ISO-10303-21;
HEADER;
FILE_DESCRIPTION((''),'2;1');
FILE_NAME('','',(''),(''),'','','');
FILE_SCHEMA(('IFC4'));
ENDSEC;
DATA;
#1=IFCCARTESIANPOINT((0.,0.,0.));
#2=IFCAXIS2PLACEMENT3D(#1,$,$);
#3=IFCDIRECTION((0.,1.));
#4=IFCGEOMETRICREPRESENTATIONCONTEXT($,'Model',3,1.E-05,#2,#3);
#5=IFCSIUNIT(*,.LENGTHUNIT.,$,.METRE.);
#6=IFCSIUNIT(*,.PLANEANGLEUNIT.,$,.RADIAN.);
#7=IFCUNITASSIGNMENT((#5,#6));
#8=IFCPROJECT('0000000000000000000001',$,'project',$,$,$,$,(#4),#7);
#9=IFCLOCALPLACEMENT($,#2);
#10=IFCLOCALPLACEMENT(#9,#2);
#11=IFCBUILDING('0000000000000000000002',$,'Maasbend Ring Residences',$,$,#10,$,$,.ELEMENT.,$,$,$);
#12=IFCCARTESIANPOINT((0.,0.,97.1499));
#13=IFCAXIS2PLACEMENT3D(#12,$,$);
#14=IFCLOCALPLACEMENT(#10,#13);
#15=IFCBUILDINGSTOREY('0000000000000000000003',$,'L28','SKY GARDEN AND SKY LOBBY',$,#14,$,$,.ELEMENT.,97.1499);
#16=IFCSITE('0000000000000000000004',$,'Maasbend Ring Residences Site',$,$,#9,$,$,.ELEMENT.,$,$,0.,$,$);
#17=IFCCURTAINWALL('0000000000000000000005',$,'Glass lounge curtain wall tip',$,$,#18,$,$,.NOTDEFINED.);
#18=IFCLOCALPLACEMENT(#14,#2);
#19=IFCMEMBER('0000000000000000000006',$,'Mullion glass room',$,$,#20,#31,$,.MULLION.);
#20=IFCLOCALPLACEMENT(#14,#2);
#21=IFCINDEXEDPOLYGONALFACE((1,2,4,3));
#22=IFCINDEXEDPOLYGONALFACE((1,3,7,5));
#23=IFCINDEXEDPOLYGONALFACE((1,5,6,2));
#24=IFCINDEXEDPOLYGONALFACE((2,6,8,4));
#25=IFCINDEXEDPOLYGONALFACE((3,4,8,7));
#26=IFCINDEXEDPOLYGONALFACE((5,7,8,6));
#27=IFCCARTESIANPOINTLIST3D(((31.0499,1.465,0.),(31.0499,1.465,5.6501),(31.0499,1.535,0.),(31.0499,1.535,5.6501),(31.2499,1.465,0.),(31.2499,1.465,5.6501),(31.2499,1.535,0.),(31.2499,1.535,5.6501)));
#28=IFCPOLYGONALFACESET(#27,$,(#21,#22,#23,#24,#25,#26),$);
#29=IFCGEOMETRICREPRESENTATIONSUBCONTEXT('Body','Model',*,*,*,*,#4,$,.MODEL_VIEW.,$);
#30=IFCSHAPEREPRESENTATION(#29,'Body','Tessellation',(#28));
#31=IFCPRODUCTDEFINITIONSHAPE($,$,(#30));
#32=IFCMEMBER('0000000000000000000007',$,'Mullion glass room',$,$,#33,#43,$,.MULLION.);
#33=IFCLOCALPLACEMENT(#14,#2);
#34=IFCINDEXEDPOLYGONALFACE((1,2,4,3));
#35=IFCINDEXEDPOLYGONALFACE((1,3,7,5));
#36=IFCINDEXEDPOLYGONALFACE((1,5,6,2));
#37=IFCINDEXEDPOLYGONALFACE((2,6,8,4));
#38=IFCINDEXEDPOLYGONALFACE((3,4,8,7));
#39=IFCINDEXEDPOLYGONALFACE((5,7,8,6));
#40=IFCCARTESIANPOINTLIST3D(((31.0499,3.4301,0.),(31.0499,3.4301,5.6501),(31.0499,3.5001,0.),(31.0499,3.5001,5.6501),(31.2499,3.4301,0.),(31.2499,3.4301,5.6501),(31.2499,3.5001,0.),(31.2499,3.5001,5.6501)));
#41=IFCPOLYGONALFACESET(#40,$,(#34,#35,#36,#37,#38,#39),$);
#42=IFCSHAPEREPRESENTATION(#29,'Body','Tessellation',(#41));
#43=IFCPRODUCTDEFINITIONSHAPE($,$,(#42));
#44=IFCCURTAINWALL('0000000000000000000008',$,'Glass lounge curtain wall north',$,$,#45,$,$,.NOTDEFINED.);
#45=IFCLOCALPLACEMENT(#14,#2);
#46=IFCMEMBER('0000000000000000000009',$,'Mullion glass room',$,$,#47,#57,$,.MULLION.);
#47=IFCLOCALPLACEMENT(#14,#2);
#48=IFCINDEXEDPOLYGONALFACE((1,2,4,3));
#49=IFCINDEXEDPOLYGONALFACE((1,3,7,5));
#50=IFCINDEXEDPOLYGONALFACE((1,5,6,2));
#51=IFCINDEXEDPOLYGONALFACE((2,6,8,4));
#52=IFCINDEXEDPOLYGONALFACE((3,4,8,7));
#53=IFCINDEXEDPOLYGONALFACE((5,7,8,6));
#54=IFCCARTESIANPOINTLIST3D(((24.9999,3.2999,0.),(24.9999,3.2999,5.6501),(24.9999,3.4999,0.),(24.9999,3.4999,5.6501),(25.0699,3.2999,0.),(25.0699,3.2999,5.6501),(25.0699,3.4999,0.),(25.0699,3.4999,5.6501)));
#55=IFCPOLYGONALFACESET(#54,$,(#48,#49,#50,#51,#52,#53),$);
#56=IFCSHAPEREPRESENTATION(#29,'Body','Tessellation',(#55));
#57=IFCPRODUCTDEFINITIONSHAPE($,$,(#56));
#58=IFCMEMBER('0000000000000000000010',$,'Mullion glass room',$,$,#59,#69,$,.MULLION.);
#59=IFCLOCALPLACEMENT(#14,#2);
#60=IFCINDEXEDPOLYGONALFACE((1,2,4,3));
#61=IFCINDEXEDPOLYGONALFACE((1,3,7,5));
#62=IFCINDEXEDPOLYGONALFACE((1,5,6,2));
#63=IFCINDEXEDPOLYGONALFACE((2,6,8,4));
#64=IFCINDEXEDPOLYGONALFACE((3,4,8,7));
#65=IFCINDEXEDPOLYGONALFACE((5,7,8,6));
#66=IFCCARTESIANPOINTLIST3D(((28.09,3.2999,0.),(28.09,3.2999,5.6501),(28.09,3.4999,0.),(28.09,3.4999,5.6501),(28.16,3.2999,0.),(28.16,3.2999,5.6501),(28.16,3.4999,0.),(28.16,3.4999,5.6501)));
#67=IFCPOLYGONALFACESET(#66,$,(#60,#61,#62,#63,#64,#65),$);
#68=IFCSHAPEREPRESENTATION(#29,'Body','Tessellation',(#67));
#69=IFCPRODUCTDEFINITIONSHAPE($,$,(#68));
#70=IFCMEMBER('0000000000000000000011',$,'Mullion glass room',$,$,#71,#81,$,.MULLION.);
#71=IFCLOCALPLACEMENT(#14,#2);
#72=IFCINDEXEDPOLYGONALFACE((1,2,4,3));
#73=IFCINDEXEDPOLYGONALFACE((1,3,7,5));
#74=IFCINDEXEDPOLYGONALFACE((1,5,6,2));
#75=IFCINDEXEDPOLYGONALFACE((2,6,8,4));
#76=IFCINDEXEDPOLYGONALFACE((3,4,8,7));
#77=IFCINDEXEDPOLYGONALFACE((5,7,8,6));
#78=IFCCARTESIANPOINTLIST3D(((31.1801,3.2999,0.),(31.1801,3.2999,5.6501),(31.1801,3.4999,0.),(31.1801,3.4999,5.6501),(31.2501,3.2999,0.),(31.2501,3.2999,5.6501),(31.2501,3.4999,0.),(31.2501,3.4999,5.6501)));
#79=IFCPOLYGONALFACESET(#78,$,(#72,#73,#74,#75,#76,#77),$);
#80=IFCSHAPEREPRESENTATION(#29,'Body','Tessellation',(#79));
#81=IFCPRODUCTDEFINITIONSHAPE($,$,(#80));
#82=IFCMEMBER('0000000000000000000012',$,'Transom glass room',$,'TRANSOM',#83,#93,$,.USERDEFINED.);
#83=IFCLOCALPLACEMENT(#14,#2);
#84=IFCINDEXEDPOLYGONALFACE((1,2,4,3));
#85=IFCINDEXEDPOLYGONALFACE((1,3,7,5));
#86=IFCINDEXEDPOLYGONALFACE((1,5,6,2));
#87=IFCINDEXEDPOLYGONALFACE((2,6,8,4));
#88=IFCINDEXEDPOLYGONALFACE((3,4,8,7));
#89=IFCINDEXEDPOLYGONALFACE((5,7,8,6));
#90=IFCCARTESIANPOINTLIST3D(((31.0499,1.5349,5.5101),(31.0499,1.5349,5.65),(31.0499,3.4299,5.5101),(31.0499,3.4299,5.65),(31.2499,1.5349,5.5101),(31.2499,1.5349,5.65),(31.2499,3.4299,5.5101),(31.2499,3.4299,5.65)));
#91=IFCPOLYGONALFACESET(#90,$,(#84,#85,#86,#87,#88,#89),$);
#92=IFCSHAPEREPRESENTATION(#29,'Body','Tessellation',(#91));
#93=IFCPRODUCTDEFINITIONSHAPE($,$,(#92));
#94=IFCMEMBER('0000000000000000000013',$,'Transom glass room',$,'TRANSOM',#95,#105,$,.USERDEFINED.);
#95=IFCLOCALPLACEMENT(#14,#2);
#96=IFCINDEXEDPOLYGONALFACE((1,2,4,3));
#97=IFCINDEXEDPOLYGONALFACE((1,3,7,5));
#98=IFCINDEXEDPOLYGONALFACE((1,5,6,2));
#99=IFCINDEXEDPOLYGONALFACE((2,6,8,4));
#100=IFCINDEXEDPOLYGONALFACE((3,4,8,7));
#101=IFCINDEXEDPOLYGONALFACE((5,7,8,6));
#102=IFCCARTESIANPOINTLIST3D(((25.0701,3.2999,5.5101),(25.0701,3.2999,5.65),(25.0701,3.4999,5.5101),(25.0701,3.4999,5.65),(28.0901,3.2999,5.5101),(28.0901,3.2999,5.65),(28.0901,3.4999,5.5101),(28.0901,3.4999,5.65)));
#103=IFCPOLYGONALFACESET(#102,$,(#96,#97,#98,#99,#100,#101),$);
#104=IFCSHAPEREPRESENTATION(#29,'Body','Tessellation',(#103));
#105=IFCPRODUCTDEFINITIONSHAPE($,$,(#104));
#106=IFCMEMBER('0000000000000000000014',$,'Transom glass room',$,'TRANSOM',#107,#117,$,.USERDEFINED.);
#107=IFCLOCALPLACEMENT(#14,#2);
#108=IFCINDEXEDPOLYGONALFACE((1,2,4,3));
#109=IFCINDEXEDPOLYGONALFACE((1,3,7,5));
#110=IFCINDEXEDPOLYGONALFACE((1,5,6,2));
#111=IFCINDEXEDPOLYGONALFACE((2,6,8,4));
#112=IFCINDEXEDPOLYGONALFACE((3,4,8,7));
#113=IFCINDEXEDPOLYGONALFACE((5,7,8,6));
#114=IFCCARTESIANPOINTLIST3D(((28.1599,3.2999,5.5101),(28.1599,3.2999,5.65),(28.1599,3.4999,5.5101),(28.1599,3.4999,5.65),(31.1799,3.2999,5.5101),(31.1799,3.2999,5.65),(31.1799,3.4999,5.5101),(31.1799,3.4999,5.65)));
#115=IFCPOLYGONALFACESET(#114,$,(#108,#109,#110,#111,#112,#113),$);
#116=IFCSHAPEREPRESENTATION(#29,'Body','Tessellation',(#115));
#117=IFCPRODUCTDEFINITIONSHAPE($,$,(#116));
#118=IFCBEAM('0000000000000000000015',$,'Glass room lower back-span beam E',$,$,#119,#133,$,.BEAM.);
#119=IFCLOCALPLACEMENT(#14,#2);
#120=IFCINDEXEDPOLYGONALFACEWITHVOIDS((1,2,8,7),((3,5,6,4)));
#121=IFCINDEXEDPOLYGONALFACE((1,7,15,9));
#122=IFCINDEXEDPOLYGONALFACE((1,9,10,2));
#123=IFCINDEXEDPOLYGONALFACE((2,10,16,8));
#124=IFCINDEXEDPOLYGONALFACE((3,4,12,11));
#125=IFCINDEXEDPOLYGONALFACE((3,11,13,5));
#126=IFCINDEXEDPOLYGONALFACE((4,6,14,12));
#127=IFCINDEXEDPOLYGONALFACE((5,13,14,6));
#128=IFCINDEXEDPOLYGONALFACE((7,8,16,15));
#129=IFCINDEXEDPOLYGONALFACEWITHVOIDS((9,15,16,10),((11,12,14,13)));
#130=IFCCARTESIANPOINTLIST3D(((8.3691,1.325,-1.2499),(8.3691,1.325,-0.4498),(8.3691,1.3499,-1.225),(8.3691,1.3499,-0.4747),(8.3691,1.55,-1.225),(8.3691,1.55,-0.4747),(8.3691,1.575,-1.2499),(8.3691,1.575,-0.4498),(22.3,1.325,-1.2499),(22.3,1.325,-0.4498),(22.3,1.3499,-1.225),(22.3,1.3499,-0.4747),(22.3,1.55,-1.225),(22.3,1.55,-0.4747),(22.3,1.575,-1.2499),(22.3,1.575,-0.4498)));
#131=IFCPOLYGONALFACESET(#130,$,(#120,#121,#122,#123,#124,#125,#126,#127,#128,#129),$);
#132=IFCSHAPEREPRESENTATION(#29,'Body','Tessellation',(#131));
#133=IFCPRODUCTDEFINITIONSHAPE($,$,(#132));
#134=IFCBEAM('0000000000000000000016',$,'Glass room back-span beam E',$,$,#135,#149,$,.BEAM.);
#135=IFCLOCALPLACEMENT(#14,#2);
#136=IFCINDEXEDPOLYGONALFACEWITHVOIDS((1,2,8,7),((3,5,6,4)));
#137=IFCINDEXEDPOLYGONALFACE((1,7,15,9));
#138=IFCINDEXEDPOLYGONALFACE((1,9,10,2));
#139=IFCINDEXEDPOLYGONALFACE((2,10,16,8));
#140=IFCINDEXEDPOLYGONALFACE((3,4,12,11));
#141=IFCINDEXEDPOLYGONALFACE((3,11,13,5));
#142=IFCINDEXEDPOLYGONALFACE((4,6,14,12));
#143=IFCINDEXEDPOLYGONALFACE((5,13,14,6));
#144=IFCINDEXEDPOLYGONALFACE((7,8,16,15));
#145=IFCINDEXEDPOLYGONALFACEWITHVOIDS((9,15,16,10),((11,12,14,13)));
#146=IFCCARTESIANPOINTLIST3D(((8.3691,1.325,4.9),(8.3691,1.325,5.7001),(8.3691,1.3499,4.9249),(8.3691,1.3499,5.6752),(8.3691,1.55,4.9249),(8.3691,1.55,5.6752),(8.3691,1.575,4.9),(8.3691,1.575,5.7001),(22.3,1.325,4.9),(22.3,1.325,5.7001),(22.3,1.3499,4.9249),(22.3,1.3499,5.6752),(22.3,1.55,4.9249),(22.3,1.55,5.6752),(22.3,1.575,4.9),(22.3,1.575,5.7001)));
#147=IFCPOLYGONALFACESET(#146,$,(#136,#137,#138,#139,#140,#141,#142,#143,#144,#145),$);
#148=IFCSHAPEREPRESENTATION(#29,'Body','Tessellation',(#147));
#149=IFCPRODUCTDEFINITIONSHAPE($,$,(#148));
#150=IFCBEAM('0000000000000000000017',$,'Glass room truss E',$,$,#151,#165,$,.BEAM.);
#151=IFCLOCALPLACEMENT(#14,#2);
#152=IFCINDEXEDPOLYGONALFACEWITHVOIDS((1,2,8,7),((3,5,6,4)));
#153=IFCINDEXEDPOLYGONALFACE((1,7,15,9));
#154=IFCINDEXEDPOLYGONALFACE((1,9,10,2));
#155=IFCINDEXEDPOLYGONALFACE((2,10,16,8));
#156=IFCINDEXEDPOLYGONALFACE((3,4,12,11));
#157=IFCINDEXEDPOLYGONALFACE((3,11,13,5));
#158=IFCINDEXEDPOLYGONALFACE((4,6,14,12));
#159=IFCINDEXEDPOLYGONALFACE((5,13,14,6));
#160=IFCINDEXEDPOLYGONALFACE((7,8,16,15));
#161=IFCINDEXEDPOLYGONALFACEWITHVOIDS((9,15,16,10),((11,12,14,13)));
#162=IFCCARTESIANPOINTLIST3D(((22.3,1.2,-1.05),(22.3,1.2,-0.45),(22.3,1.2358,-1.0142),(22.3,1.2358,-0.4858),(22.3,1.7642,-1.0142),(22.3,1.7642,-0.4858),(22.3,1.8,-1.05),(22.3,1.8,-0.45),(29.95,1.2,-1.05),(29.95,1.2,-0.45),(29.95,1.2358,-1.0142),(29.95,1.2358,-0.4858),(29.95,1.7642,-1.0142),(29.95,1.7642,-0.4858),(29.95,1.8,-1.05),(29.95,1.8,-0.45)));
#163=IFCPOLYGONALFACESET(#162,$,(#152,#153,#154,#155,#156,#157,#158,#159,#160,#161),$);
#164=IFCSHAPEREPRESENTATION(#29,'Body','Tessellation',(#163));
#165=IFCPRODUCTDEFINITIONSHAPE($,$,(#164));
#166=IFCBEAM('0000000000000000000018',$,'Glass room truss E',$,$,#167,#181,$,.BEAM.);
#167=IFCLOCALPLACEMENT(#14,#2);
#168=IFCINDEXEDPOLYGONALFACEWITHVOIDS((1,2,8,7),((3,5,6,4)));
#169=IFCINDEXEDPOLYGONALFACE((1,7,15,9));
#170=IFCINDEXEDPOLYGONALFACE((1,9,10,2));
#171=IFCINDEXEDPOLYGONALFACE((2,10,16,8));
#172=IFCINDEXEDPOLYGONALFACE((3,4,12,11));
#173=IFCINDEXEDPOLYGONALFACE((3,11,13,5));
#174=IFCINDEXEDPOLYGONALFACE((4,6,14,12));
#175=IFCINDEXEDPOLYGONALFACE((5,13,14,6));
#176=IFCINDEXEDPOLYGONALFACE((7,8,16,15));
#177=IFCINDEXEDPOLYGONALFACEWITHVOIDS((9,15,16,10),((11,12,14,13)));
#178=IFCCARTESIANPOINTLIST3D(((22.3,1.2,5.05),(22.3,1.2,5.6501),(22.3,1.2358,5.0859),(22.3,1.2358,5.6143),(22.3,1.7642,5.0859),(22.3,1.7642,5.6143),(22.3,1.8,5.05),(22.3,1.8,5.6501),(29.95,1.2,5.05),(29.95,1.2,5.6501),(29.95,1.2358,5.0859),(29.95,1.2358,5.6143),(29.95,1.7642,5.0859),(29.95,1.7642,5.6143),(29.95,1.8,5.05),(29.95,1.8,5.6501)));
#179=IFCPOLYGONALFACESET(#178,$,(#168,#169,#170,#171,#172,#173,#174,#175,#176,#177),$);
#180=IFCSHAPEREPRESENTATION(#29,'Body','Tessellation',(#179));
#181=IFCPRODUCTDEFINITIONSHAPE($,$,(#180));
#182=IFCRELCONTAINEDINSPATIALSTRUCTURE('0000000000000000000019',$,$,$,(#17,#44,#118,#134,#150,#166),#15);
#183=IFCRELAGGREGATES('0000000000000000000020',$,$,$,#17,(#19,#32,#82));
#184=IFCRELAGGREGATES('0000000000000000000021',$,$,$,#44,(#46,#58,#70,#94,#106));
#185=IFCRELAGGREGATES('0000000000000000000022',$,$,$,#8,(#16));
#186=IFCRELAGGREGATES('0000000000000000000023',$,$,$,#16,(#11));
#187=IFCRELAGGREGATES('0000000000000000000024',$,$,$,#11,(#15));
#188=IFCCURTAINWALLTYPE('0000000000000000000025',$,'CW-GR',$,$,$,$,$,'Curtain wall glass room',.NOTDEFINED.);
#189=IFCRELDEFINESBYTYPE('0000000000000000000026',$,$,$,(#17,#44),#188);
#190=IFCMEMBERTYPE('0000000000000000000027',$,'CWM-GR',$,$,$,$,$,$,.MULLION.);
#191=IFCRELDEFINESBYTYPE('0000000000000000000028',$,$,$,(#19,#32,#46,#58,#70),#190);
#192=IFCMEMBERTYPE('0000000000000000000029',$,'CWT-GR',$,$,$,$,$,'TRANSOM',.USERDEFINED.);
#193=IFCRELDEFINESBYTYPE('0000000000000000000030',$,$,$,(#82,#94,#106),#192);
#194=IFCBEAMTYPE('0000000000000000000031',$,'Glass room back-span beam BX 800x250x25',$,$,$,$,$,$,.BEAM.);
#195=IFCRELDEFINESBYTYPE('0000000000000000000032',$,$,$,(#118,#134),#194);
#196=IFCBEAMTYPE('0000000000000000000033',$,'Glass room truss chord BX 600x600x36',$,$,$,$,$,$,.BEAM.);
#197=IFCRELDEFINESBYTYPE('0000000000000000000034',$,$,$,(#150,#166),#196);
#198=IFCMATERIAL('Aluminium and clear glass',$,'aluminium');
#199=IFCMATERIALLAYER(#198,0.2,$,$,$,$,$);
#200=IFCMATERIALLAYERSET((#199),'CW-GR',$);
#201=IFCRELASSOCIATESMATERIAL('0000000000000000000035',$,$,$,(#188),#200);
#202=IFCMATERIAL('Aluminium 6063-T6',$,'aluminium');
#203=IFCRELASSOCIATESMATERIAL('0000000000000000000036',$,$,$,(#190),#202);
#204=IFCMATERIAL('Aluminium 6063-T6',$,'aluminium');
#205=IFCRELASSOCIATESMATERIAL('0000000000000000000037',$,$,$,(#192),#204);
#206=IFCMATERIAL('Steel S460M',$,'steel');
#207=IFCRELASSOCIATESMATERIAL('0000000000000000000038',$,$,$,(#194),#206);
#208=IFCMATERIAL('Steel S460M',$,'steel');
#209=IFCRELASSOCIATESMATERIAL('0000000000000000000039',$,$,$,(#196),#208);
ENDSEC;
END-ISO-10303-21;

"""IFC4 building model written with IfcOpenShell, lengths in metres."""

from ifc_helpers import new_model, si_unit, direction, frame, origin, origin_2d, place, context, subcontext, project, spatial, rectangle, hollow_rectangle, extrude, material, layer, layer_set, material_profile, profile_set, type_object, element, aggregate, save


model = new_model("IFC4")

# Units and contexts
model_context = context("Model", 3, precision=1e-05, world=origin(), true_north=direction((0.0, 1.0)))
body_context = subcontext(model_context, "Body", "Model", "MODEL_VIEW")
ifc_project = project(units=[si_unit("LENGTHUNIT", "METRE"), si_unit("PLANEANGLEUNIT", "RADIAN")], contexts=[model_context])

# Site, building, storey
site_placement = place(None, origin())
site = spatial("IfcSite", under=ifc_project, at=site_placement, Name="Maasbend Ring Residences Site", CompositionType="ELEMENT", RefElevation=0.0)
building_placement = place(site_placement, origin())
building = spatial("IfcBuilding", under=site, at=building_placement, Name="Maasbend Ring Residences", CompositionType="ELEMENT")
storey_placement = place(building_placement, frame((0.0, 0.0, 97.1499)))
storey = spatial("IfcBuildingStorey", under=building, at=storey_placement, Name="L28", Description="SKY GARDEN AND SKY LOBBY", CompositionType="ELEMENT", Elevation=97.1499)

# Curtain walls, members
ifc_material_1 = material(Name="Aluminium and clear glass", Category="aluminium")
ifc_layer_1 = layer(ifc_material_1, 0.2)
ifc_layer_set_1 = layer_set([ifc_layer_1], Name="CW-GR")
curtain_wall_type = type_object("IfcCurtainWallType", Name="CW-GR", ElementType="Curtain wall glass room", PredefinedType="NOTDEFINED", material=ifc_layer_set_1)
curtain_wall_1_placement = place(storey_placement, origin())
curtain_wall_1 = element("IfcCurtainWall", 1, at=curtain_wall_1_placement, inside=storey, type_object=curtain_wall_type, Name="Glass lounge curtain wall tip", PredefinedType="NOTDEFINED")
ifc_material_2 = material(Name="Aluminium 6063-T6", Category="aluminium")
ifc_material_profile_1 = material_profile(ifc_material_2, rectangle(XDim=0.2, YDim=0.0701, at=origin_2d()), Name="AL 200x70")
ifc_profile_set_1 = profile_set([ifc_material_profile_1], Name="Aluminium 6063-T6")
member_type_1 = type_object("IfcMemberType", Name="CWM-GR", PredefinedType="MULLION", material=ifc_profile_set_1)
member_1_placement = place(storey_placement, frame((31.1499, 1.5, 0.0), z_axis=(0.0, 0.0, 1.0), x_axis=(-1.0, 0.0, 0.0)))
member_1 = element("IfcMember", 2, at=member_1_placement, type_object=member_type_1, Name="Mullion glass room", PredefinedType="MULLION", context=body_context, shape_type="SweptSolid", body=[
    extrude(rectangle(XDim=0.2, YDim=0.0701, at=origin_2d()), origin(), (0.0, 0.0, 1.0), 5.6501),
])
member_2_placement = place(storey_placement, frame((31.1499, 3.4651, 0.0), z_axis=(0.0, 0.0, 1.0), x_axis=(-1.0, 0.0, 0.0)))
member_2 = element("IfcMember", 3, at=member_2_placement, type_object=member_type_1, Name="Mullion glass room", PredefinedType="MULLION", context=body_context, shape_type="SweptSolid", body=[
    extrude(rectangle(XDim=0.2, YDim=0.0701, at=origin_2d()), origin(), (0.0, 0.0, 1.0), 5.6501),
])
curtain_wall_2_placement = place(storey_placement, origin())
curtain_wall_2 = element("IfcCurtainWall", 4, at=curtain_wall_2_placement, inside=storey, type_object=curtain_wall_type, Name="Glass lounge curtain wall north", PredefinedType="NOTDEFINED")
member_3_placement = place(storey_placement, frame((25.0349, 3.3999, 0.0), z_axis=(0.0, 0.0, 1.0), x_axis=(0.0, 1.0, 0.0)))
member_3 = element("IfcMember", 5, at=member_3_placement, type_object=member_type_1, Name="Mullion glass room", PredefinedType="MULLION", context=body_context, shape_type="SweptSolid", body=[
    extrude(rectangle(XDim=0.2, YDim=0.0701, at=origin_2d()), origin(), (0.0, 0.0, 1.0), 5.6501),
])
member_4_placement = place(storey_placement, frame((28.125, 3.3999, 0.0), z_axis=(0.0, 0.0, 1.0), x_axis=(0.0, 1.0, 0.0)))
member_4 = element("IfcMember", 6, at=member_4_placement, type_object=member_type_1, Name="Mullion glass room", PredefinedType="MULLION", context=body_context, shape_type="SweptSolid", body=[
    extrude(rectangle(XDim=0.2, YDim=0.0701, at=origin_2d()), origin(), (0.0, 0.0, 1.0), 5.6501),
])
member_5_placement = place(storey_placement, frame((31.2151, 3.3999, 0.0), z_axis=(0.0, 0.0, 1.0), x_axis=(0.0, 1.0, 0.0)))
member_5 = element("IfcMember", 7, at=member_5_placement, type_object=member_type_1, Name="Mullion glass room", PredefinedType="MULLION", context=body_context, shape_type="SweptSolid", body=[
    extrude(rectangle(XDim=0.2, YDim=0.0701, at=origin_2d()), origin(), (0.0, 0.0, 1.0), 5.6501),
])

# Members
ifc_material_3 = material(Name="Aluminium 6063-T6", Category="aluminium")
ifc_material_profile_2 = material_profile(ifc_material_3, rectangle(XDim=0.2, YDim=0.1399, at=origin_2d()), Name="AL 200x140")
ifc_profile_set_2 = profile_set([ifc_material_profile_2], Name="Aluminium 6063-T6")
member_type_2 = type_object("IfcMemberType", Name="CWT-GR", ElementType="TRANSOM", PredefinedType="USERDEFINED", material=ifc_profile_set_2)
member_6_placement = place(storey_placement, frame((31.1499, 1.5349, 5.5801), z_axis=(0.0, 1.0, 0.0), x_axis=(-1.0, 0.0, 0.0)))
member_6 = element("IfcMember", 8, at=member_6_placement, type_object=member_type_2, Name="Transom glass room", ObjectType="TRANSOM", PredefinedType="USERDEFINED", context=body_context, shape_type="SweptSolid", body=[
    extrude(rectangle(XDim=0.2, YDim=0.1399, at=origin_2d()), origin(), (0.0, 0.0, 1.0), 1.895),
])
member_7_placement = place(storey_placement, frame((25.0701, 3.3999, 5.5801), z_axis=(1.0, 0.0, 0.0), x_axis=(0.0, 1.0, 0.0)))
member_7 = element("IfcMember", 9, at=member_7_placement, type_object=member_type_2, Name="Transom glass room", ObjectType="TRANSOM", PredefinedType="USERDEFINED", context=body_context, shape_type="SweptSolid", body=[
    extrude(rectangle(XDim=0.2, YDim=0.1399, at=origin_2d()), origin(), (0.0, 0.0, 1.0), 3.02),
])
member_8_placement = place(storey_placement, frame((28.1599, 3.3999, 5.5801), z_axis=(1.0, 0.0, 0.0), x_axis=(0.0, 1.0, 0.0)))
member_8 = element("IfcMember", 10, at=member_8_placement, type_object=member_type_2, Name="Transom glass room", ObjectType="TRANSOM", PredefinedType="USERDEFINED", context=body_context, shape_type="SweptSolid", body=[
    extrude(rectangle(XDim=0.2, YDim=0.1399, at=origin_2d()), origin(), (0.0, 0.0, 1.0), 3.02),
])

# Beams
ifc_material_4 = material(Name="Steel S460M", Category="steel")
ifc_material_profile_3 = material_profile(ifc_material_4, hollow_rectangle(XDim=0.25, YDim=0.8, WallThickness=0.0249, at=origin_2d()), Name="Glass room back-span beam BX 800x250x25")
ifc_profile_set_3 = profile_set([ifc_material_profile_3], Name="Steel S460M")
beam_type_1 = type_object("IfcBeamType", Name="Glass room back-span beam BX 800x250x25", PredefinedType="BEAM", material=ifc_profile_set_3)
for number, where, z_axis, x_axis, name in (
    (11, (22.3, 1.45, -0.8499), (-1.0, 0.0, 0.0), (0.0, -1.0, 0.0), "Glass room lower back-span beam E"),
    (12, (22.3, 1.45, 5.3), (-1.0, 0.0, 0.0), (0.0, -1.0, 0.0), "Glass room back-span beam E"),
):
    element("IfcBeam", number, at=place(storey_placement, frame(where, z_axis=z_axis, x_axis=x_axis)), inside=storey, type_object=beam_type_1, Name=name, PredefinedType="BEAM", context=body_context, shape_type="SweptSolid", body=[
        extrude(hollow_rectangle(XDim=0.25, YDim=0.8, WallThickness=0.0249, at=origin_2d()), origin(), (0.0, 0.0, 1.0), 13.9309),
    ])
ifc_material_5 = material(Name="Steel S460M", Category="steel")
ifc_material_profile_4 = material_profile(ifc_material_5, hollow_rectangle(XDim=0.6001, YDim=0.6001, WallThickness=0.0359, at=origin_2d()), Name="Glass room truss chord BX 600x600x36")
ifc_profile_set_4 = profile_set([ifc_material_profile_4], Name="Steel S460M")
beam_type_2 = type_object("IfcBeamType", Name="Glass room truss chord BX 600x600x36", PredefinedType="BEAM", material=ifc_profile_set_4)
for number, where, z_axis, x_axis, name in (
    (13, (22.3, 1.5, -0.75), (1.0, 0.0, 0.0), (0.0, 1.0, 0.0), "Glass room truss E"),
    (14, (22.3, 1.5, 5.3501), (1.0, 0.0, 0.0), (0.0, 1.0, 0.0), "Glass room truss E"),
):
    element("IfcBeam", number, at=place(storey_placement, frame(where, z_axis=z_axis, x_axis=x_axis)), inside=storey, type_object=beam_type_2, Name=name, PredefinedType="BEAM", context=body_context, shape_type="SweptSolid", body=[
        extrude(hollow_rectangle(XDim=0.6001, YDim=0.6001, WallThickness=0.0359, at=origin_2d()), origin(), (0.0, 0.0, 1.0), 7.6499),
    ])

aggregate(curtain_wall_1, [member_1, member_2, member_6])
aggregate(curtain_wall_2, [member_3, member_4, member_5, member_7, member_8])

save(model, "model.ifc")
